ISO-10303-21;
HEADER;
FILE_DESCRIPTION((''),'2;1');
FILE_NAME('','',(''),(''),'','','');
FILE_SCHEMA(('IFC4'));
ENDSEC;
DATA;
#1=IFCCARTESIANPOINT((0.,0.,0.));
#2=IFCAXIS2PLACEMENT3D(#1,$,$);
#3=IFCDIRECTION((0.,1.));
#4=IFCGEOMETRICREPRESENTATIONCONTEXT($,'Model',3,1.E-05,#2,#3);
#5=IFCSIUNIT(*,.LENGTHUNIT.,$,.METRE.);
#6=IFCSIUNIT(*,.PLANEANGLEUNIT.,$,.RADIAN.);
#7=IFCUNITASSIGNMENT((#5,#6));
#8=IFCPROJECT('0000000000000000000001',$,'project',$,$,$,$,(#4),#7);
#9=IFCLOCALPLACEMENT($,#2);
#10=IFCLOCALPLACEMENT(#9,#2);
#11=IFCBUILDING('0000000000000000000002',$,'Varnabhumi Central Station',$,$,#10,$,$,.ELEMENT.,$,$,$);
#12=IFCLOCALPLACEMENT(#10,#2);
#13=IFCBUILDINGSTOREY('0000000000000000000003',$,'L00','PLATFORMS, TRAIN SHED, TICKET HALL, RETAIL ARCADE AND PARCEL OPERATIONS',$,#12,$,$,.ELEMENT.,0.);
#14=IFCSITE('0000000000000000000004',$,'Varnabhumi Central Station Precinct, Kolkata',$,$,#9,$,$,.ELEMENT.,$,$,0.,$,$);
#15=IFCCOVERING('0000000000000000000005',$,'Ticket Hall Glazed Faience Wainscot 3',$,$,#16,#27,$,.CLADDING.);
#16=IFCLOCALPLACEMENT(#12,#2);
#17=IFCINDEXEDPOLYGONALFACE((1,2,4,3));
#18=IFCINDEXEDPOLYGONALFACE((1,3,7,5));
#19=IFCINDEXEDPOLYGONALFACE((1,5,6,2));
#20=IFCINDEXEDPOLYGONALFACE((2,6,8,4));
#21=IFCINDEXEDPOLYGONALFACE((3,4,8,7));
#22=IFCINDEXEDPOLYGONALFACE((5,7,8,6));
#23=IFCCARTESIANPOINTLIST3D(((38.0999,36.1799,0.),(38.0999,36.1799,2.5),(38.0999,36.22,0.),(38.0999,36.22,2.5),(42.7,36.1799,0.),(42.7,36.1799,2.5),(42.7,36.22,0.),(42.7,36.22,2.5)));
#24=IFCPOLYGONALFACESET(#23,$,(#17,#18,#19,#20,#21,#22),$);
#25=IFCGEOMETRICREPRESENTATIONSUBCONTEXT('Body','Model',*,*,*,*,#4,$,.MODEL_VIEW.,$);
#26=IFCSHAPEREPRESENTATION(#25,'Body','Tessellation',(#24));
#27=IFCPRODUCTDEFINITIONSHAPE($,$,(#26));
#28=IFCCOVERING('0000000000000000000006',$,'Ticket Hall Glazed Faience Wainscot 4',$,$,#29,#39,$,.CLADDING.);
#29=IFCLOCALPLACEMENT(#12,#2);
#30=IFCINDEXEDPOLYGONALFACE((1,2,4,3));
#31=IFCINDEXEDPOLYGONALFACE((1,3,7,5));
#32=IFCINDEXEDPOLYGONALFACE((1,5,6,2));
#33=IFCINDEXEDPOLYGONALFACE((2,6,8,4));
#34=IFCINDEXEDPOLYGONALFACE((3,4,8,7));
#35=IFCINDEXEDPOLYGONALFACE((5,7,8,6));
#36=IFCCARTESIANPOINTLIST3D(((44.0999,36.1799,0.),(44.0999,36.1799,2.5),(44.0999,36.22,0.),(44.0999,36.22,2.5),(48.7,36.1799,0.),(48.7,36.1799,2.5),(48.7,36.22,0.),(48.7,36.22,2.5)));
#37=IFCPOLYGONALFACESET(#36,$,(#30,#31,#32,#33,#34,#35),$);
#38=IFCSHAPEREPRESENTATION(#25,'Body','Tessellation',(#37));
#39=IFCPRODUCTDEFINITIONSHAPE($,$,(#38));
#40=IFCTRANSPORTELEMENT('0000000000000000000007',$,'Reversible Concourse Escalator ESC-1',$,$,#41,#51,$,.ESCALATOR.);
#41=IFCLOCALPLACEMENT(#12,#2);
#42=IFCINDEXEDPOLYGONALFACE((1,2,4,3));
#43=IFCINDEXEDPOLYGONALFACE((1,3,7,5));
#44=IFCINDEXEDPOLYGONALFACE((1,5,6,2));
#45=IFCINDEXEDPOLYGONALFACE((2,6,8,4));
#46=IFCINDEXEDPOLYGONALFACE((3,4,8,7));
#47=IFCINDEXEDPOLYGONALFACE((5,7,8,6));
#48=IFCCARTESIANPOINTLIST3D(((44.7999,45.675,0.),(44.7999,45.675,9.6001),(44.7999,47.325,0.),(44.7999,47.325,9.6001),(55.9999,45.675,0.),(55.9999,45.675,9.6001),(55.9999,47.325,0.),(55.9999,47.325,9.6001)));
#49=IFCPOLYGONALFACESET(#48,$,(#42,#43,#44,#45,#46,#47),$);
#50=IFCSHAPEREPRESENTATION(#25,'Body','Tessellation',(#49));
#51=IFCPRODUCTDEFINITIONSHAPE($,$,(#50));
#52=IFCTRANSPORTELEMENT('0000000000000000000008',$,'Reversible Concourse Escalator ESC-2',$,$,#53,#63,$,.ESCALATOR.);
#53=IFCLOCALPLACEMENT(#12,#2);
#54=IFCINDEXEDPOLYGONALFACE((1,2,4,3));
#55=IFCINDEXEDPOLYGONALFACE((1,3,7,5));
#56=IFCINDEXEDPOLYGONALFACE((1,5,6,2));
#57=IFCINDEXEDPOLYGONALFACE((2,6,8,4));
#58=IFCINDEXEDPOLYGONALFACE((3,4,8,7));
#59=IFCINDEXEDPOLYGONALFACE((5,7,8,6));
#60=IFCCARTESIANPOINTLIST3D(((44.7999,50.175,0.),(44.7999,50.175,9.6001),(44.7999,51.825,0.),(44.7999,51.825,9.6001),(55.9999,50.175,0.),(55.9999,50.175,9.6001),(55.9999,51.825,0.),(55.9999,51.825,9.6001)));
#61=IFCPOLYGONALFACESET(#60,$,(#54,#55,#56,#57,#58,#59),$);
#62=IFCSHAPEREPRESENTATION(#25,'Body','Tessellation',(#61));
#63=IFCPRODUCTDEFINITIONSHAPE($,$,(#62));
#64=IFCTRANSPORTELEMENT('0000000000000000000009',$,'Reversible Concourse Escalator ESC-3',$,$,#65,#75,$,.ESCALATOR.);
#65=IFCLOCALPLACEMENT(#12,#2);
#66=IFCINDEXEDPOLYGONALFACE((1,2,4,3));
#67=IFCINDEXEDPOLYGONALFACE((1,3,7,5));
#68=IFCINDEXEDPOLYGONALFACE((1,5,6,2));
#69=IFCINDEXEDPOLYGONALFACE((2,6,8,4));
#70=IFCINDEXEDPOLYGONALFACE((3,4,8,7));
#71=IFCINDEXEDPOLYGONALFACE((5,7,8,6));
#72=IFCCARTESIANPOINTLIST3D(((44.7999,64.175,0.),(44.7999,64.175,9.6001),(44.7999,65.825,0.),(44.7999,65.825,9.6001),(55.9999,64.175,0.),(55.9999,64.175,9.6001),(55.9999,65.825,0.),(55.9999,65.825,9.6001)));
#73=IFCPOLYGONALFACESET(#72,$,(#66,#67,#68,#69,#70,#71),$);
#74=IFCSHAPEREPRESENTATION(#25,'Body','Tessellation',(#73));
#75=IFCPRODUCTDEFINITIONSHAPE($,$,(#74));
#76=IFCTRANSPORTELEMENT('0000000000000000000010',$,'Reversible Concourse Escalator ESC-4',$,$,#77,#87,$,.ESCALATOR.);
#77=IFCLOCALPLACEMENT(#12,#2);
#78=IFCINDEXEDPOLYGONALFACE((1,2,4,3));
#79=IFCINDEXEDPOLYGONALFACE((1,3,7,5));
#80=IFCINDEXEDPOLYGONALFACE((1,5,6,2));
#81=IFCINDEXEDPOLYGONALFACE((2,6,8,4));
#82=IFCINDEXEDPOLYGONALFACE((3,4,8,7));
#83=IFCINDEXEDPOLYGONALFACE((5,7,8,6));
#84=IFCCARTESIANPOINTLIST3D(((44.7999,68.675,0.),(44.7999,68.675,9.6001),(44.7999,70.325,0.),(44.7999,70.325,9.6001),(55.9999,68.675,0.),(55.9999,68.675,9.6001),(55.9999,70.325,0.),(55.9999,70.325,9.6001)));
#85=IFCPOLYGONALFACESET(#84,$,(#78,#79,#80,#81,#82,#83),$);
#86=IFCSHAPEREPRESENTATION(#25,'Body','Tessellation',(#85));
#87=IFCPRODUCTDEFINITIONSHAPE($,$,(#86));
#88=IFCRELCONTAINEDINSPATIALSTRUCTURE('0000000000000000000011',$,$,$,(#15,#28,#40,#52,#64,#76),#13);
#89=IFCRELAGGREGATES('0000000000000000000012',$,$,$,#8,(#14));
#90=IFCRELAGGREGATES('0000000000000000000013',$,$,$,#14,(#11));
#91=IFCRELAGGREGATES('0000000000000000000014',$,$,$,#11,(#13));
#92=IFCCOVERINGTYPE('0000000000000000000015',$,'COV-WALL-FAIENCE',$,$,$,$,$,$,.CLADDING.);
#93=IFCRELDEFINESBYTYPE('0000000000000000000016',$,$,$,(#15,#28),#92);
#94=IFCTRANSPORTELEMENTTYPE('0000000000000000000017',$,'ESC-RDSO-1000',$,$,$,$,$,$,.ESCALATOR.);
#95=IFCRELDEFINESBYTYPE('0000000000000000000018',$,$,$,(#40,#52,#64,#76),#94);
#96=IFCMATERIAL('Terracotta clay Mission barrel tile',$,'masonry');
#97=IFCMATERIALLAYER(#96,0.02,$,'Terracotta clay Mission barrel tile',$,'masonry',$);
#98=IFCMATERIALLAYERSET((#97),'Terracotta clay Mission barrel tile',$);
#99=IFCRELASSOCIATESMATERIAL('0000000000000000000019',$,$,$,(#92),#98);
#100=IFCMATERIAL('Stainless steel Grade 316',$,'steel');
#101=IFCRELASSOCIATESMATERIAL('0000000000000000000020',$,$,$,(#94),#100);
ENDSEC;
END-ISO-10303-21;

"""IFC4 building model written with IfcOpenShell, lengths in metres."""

from ifc_helpers import new_model, si_unit, direction, frame, origin, origin_2d, place, context, subcontext, project, spatial, rectangle, extrude, material, layer, layer_set, type_object, element, save


model = new_model("IFC4")

# Units and contexts
model_context = context("Model", 3, precision=1e-05, world=origin(), true_north=direction((0.0, 1.0)))
body_context = subcontext(model_context, "Body", "Model", "MODEL_VIEW")
ifc_project = project(units=[si_unit("LENGTHUNIT", "METRE"), si_unit("PLANEANGLEUNIT", "RADIAN")], contexts=[model_context])

# Site, building, storey
site_placement = place(None, origin())
site = spatial("IfcSite", under=ifc_project, at=site_placement, Name="Varnabhumi Central Station Precinct, Kolkata", CompositionType="ELEMENT", RefElevation=0.0)
building_placement = place(site_placement, origin())
building = spatial("IfcBuilding", under=site, at=building_placement, Name="Varnabhumi Central Station", CompositionType="ELEMENT")
storey_placement = place(building_placement, origin())
storey = spatial("IfcBuildingStorey", under=building, at=storey_placement, Name="L00", Description="PLATFORMS, TRAIN SHED, TICKET HALL, RETAIL ARCADE AND PARCEL OPERATIONS", CompositionType="ELEMENT", Elevation=0.0)

# Coverings
ifc_material_1 = material(Name="Terracotta clay Mission barrel tile", Category="masonry")
ifc_layer_1 = layer(ifc_material_1, 0.02, Name="Terracotta clay Mission barrel tile", Category="masonry")
ifc_layer_set_1 = layer_set([ifc_layer_1], Name="Terracotta clay Mission barrel tile")
covering_type = type_object("IfcCoveringType", Name="COV-WALL-FAIENCE", PredefinedType="CLADDING", material=ifc_layer_set_1)
for number, where, z_axis, x_axis, name in (
    (1, (40.3999, 36.2, 0.0), (0.0, 0.0, 1.0), (1.0, 0.0, 0.0), "Ticket Hall Glazed Faience Wainscot 3"),
    (2, (46.3999, 36.2, 0.0), (0.0, 0.0, 1.0), (1.0, 0.0, 0.0), "Ticket Hall Glazed Faience Wainscot 4"),
):
    element("IfcCovering", number, at=place(storey_placement, frame(where, z_axis=z_axis, x_axis=x_axis)), inside=storey, type_object=covering_type, Name=name, PredefinedType="CLADDING", context=body_context, shape_type="SweptSolid", body=[
        extrude(rectangle(XDim=4.6001, YDim=0.04, at=origin_2d()), origin(), (0.0, 0.0, 1.0), 2.5),
    ])

# Transport elements
ifc_material_2 = material(Name="Stainless steel Grade 316", Category="steel")
transport_element_type = type_object("IfcTransportElementType", Name="ESC-RDSO-1000", PredefinedType="ESCALATOR", material=ifc_material_2)
for number, where, z_axis, x_axis, name in (
    (3, (50.3999, 46.5, 0.0), (0.0, 0.0, 1.0), (1.0, 0.0, 0.0), "Reversible Concourse Escalator ESC-1"),
    (4, (50.3999, 51.0, 0.0), (0.0, 0.0, 1.0), (1.0, 0.0, 0.0), "Reversible Concourse Escalator ESC-2"),
    (5, (50.3999, 65.0, 0.0), (0.0, 0.0, 1.0), (1.0, 0.0, 0.0), "Reversible Concourse Escalator ESC-3"),
    (6, (50.3999, 69.5, 0.0), (0.0, 0.0, 1.0), (1.0, 0.0, 0.0), "Reversible Concourse Escalator ESC-4"),
):
    element("IfcTransportElement", number, at=place(storey_placement, frame(where, z_axis=z_axis, x_axis=x_axis)), inside=storey, type_object=transport_element_type, Name=name, PredefinedType="ESCALATOR", context=body_context, shape_type="SweptSolid", body=[
        extrude(rectangle(XDim=11.2, YDim=1.6499, at=origin_2d()), origin(), (0.0, 0.0, 1.0), 9.6001),
    ])

save(model, "model.ifc")
